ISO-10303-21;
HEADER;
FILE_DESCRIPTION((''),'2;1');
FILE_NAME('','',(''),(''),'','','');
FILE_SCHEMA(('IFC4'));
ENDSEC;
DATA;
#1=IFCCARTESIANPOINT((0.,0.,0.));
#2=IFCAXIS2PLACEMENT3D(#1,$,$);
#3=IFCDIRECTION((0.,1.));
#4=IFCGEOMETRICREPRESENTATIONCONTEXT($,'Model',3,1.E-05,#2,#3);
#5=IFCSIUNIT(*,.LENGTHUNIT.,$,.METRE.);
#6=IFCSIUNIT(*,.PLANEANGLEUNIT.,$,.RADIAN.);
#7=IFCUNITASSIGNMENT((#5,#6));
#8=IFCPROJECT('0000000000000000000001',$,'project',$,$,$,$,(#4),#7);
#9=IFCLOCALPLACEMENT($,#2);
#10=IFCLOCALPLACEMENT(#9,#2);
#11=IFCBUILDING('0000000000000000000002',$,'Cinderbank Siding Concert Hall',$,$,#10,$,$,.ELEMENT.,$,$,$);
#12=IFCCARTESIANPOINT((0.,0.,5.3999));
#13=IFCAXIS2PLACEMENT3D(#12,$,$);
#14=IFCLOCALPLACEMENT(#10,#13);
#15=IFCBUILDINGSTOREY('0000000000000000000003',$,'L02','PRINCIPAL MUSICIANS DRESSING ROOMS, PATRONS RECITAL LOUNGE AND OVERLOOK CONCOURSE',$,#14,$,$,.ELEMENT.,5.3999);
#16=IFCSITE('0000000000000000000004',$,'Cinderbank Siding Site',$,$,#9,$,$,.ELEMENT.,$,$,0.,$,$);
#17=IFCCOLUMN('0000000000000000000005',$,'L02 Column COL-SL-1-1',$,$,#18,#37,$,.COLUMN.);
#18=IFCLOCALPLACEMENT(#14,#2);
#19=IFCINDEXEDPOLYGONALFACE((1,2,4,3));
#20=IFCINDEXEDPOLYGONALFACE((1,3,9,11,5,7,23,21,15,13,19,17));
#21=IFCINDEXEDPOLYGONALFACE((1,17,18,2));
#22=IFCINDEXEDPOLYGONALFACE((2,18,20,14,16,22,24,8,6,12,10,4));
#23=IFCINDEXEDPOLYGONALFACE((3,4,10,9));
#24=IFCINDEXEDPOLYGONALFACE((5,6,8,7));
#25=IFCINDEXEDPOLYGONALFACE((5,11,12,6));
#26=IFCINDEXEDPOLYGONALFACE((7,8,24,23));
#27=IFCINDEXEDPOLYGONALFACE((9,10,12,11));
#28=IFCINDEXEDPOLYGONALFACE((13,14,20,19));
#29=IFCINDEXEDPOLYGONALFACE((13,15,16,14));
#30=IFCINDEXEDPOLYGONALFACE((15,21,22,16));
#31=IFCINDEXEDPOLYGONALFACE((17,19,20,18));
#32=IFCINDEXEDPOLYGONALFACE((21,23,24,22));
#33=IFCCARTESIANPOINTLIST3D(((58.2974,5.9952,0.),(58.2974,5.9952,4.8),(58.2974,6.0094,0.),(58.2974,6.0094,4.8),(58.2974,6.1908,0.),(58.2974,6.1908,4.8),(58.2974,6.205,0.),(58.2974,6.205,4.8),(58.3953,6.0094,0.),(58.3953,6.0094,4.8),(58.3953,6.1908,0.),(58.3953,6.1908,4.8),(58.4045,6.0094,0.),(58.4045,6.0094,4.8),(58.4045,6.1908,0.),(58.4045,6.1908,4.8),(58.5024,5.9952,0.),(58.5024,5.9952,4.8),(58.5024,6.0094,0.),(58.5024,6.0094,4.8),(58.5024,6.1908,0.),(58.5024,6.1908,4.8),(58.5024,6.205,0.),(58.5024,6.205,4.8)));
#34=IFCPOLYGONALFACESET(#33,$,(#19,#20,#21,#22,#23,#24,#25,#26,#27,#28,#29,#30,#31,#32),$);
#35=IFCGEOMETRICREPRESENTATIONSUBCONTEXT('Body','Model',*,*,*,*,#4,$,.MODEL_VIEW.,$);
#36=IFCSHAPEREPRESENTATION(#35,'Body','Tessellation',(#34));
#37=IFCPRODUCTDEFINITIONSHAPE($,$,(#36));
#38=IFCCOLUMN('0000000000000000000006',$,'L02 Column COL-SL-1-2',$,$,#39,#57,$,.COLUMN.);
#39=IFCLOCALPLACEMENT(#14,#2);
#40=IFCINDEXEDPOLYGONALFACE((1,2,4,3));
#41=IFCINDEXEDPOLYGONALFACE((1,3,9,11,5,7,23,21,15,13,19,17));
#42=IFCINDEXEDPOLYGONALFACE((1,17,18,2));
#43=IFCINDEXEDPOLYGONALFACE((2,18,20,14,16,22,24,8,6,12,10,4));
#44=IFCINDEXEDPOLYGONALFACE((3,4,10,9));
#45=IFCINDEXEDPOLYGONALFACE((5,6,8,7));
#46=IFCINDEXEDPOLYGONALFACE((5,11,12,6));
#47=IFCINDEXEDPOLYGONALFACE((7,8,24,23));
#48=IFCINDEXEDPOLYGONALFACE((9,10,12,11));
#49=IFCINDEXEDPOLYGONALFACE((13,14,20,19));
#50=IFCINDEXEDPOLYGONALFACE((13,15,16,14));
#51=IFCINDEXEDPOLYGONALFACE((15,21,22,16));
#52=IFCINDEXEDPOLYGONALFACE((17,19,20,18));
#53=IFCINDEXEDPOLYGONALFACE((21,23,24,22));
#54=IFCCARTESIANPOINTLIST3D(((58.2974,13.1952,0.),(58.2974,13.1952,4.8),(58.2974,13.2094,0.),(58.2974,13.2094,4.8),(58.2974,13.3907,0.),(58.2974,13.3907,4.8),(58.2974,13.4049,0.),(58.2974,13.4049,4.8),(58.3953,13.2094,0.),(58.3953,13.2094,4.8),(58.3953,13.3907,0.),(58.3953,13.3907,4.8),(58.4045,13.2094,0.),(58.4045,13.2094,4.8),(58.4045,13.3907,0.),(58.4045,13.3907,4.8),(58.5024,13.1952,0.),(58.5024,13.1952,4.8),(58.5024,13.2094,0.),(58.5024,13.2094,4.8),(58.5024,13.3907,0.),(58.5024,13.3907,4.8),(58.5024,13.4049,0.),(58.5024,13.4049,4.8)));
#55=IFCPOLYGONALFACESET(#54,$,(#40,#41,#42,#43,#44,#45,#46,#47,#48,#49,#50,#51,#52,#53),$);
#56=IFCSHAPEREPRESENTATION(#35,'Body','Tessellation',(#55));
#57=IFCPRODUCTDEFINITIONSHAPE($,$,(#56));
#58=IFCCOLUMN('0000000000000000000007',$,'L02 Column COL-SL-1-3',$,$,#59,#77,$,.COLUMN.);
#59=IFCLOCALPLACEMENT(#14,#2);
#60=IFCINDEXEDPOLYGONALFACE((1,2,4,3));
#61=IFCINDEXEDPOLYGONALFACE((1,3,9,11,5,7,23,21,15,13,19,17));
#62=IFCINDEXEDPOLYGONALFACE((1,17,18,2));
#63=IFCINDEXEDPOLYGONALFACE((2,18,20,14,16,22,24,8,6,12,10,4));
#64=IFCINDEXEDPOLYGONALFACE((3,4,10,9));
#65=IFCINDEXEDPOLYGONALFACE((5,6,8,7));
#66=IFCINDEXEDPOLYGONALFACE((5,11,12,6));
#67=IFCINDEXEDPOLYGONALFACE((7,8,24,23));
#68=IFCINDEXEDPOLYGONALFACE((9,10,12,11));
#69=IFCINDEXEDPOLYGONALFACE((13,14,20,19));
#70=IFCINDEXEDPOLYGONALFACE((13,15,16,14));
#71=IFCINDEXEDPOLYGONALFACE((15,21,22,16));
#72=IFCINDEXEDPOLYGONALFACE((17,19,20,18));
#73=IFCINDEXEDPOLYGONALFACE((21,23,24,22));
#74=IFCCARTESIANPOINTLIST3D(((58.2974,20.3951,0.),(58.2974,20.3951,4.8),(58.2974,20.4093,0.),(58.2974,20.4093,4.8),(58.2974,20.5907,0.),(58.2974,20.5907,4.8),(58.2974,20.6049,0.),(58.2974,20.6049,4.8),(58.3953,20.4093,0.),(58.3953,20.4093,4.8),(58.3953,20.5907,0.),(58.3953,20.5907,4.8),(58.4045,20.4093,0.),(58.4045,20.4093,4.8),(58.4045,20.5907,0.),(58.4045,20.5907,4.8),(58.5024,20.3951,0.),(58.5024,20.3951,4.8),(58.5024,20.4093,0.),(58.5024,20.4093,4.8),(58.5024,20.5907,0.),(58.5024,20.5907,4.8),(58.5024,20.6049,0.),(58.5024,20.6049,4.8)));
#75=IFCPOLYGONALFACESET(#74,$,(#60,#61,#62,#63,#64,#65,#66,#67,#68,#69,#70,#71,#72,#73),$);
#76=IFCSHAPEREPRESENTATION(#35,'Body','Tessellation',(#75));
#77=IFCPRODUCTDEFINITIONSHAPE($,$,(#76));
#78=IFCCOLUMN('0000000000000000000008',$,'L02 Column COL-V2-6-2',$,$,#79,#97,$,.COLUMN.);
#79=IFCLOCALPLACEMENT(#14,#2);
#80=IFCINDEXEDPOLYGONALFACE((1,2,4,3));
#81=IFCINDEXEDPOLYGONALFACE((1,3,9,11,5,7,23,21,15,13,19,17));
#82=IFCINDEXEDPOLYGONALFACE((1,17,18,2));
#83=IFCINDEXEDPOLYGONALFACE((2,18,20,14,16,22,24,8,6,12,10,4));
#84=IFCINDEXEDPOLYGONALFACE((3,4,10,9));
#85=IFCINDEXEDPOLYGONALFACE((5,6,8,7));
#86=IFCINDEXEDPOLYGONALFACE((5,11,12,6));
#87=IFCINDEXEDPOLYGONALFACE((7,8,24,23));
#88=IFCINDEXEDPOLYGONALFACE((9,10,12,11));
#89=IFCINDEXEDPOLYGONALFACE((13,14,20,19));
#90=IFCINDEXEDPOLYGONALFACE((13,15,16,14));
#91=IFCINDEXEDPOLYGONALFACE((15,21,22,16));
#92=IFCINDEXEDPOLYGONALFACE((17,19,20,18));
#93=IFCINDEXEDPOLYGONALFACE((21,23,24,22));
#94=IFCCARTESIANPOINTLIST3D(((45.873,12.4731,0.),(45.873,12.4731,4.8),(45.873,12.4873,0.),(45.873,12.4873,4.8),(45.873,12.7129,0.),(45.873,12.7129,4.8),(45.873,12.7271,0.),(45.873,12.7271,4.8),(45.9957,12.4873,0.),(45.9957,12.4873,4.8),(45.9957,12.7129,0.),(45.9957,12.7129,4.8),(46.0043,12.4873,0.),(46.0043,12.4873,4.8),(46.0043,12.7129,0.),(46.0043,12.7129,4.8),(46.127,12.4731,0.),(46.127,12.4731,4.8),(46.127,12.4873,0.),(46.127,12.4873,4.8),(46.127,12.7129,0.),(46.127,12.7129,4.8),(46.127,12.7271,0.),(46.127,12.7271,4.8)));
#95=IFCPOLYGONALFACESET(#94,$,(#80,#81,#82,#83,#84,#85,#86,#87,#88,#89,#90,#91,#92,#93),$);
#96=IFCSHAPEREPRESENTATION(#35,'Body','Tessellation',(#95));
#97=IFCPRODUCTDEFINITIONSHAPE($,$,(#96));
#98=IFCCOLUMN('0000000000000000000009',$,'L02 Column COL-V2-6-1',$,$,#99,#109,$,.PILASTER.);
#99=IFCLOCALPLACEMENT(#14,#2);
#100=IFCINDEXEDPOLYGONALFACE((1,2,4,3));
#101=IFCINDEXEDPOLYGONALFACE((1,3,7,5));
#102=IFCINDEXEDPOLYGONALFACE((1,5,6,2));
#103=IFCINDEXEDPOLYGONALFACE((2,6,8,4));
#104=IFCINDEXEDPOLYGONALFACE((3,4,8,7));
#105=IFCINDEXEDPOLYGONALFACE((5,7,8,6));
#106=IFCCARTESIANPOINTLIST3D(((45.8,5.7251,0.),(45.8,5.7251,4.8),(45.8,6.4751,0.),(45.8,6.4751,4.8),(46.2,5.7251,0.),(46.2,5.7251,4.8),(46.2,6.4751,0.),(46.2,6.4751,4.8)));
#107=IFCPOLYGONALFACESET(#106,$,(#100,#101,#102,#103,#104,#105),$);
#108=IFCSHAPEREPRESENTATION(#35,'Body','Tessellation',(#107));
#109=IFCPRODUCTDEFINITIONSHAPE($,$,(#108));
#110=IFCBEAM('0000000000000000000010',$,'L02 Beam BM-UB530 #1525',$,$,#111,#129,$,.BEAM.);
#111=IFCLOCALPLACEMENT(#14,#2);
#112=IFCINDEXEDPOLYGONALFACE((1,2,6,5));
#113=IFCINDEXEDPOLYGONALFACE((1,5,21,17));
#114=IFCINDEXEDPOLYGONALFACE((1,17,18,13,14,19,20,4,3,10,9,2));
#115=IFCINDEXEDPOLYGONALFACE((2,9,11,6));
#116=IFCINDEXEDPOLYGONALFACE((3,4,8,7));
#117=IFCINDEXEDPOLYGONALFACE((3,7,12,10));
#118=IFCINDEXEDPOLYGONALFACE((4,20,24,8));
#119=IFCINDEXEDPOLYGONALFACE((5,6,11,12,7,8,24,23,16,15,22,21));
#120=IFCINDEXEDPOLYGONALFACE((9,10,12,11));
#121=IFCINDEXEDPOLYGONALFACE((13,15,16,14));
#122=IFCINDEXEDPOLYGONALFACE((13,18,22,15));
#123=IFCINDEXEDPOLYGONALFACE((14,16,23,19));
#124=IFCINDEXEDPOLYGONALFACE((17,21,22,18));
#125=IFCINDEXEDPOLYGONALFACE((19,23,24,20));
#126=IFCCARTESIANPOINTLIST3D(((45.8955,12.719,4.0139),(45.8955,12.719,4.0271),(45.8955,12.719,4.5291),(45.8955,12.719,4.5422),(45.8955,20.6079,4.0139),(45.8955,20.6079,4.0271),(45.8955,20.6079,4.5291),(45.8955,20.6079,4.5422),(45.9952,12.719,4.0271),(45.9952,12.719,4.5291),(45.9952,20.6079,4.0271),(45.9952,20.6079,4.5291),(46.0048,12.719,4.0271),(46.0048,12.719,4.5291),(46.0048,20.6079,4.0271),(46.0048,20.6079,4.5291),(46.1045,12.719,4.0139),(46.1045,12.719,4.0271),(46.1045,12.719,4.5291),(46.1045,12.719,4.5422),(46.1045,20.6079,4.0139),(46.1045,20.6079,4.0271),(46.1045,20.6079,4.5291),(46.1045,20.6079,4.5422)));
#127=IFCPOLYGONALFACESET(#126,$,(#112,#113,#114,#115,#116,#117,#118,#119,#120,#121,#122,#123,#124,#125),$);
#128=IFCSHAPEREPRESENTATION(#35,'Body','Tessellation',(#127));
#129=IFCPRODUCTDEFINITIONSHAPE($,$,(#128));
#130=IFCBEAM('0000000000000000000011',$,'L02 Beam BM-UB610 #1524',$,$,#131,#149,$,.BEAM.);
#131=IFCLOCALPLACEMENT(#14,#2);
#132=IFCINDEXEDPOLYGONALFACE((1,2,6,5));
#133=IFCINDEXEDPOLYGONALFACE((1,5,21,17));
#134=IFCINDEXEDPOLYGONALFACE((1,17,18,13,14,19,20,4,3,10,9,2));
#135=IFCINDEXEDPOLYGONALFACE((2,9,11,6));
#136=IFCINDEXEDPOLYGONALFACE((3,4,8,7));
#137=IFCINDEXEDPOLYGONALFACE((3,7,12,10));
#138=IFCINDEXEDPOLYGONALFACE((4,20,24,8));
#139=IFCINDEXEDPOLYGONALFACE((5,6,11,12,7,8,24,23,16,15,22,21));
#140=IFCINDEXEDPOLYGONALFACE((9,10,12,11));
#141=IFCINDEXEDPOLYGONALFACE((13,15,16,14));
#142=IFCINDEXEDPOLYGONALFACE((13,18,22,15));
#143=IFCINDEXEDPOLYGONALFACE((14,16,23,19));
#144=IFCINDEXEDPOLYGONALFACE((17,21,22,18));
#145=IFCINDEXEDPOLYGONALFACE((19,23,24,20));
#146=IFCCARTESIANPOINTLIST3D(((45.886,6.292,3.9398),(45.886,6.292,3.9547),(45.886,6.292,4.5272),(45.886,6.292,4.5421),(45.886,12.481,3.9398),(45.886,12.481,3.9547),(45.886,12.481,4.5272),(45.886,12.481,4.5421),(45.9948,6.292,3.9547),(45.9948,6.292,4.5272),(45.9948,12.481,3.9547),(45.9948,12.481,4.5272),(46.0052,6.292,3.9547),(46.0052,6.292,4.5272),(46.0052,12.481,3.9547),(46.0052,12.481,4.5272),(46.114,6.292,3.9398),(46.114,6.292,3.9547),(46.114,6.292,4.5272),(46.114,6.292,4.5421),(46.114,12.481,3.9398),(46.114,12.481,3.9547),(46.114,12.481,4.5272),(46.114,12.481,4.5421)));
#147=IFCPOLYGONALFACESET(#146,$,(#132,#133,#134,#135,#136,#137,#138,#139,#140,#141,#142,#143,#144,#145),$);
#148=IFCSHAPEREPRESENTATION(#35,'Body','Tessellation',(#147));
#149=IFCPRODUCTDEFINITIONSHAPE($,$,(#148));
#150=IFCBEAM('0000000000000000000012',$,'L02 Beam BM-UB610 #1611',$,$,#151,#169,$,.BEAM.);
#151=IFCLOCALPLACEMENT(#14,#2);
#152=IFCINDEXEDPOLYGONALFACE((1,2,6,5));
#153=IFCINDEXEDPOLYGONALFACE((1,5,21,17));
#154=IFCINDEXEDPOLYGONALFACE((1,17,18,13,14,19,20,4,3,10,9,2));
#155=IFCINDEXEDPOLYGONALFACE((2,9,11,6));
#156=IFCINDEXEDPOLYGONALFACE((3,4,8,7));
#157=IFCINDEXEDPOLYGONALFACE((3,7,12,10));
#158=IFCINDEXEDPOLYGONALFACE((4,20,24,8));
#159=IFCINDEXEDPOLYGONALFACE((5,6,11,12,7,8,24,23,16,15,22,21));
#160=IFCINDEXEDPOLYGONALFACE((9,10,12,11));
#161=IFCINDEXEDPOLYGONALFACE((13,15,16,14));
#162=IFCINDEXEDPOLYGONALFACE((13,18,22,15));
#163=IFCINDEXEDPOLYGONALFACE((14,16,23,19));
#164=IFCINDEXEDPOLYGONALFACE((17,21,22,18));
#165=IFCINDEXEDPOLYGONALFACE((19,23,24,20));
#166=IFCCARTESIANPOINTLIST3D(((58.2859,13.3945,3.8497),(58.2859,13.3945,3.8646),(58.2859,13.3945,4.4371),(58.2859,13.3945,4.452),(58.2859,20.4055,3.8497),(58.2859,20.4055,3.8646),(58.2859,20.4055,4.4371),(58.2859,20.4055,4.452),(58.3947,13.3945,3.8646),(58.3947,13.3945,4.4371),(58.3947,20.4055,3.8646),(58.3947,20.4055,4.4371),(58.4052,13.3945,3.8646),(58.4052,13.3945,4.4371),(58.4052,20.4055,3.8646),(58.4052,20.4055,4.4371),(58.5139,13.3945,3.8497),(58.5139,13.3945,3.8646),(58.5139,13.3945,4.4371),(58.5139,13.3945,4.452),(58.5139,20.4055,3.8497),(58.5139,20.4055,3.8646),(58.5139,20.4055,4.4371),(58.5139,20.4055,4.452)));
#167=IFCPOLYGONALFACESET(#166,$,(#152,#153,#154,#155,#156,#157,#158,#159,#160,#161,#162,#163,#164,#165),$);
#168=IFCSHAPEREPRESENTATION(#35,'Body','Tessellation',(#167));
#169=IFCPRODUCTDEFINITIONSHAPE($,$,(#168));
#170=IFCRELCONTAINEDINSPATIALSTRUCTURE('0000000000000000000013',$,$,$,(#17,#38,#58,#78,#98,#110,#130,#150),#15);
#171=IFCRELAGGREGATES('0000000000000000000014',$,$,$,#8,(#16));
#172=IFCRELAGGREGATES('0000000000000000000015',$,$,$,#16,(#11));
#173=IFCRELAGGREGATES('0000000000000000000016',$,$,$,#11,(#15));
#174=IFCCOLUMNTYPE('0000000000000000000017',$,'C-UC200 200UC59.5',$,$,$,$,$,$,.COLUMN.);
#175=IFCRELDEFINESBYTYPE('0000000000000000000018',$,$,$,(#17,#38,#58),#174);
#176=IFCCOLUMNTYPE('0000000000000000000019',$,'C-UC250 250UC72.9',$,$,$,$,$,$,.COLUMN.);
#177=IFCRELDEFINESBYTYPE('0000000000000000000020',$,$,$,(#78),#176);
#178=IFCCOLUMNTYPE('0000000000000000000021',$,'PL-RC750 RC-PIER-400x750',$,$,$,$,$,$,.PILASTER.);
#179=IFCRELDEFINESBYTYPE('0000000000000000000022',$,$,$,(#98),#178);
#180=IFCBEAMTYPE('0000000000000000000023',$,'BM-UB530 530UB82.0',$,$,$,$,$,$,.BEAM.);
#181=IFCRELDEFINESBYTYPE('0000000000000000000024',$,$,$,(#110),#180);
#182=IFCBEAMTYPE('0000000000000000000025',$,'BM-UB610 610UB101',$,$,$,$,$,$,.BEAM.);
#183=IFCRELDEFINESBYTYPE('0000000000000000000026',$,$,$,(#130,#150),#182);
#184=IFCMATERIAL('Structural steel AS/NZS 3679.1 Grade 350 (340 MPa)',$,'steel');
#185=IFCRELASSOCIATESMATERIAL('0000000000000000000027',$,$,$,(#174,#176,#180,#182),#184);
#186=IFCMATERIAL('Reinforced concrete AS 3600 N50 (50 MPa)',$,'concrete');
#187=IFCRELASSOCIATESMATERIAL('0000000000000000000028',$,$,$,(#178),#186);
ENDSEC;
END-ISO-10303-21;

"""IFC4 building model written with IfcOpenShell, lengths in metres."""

from ifc_helpers import new_model, si_unit, direction, frame, origin, origin_2d, place, context, subcontext, project, spatial, rectangle, i_section, extrude, material, material_profile, profile_set, type_object, element, save


model = new_model("IFC4")

# Units and contexts
model_context = context("Model", 3, precision=1e-05, world=origin(), true_north=direction((0.0, 1.0)))
body_context = subcontext(model_context, "Body", "Model", "MODEL_VIEW")
ifc_project = project(units=[si_unit("LENGTHUNIT", "METRE"), si_unit("PLANEANGLEUNIT", "RADIAN")], contexts=[model_context])

# Site, building, storey
site_placement = place(None, origin())
site = spatial("IfcSite", under=ifc_project, at=site_placement, Name="Cinderbank Siding Site", CompositionType="ELEMENT", RefElevation=0.0)
building_placement = place(site_placement, origin())
building = spatial("IfcBuilding", under=site, at=building_placement, Name="Cinderbank Siding Concert Hall", CompositionType="ELEMENT")
storey_placement = place(building_placement, frame((0.0, 0.0, 5.3999)))
storey = spatial("IfcBuildingStorey", under=building, at=storey_placement, Name="L02", Description="PRINCIPAL MUSICIANS DRESSING ROOMS, PATRONS RECITAL LOUNGE AND OVERLOOK CONCOURSE", CompositionType="ELEMENT", Elevation=5.3999)

# Columns
ifc_material_1 = material(Name="Structural steel AS/NZS 3679.1 Grade 350 (340 MPa)", Category="steel")
ifc_material_profile_1 = material_profile(ifc_material_1, i_section(OverallWidth=0.2051, OverallDepth=0.2097, WebThickness=0.0093, FlangeThickness=0.0142, at=origin_2d()), Name="200UC59.5", Category="LoadBearing")
ifc_profile_set_1 = profile_set([ifc_material_profile_1], Name="Structural steel AS/NZS 3679.1 Grade 350 (340 MPa)")
column_type_1 = type_object("IfcColumnType", Name="C-UC200 200UC59.5", PredefinedType="COLUMN", material=ifc_profile_set_1)
for number, where, z_axis, x_axis, name in (
    (1, (58.3999, 6.1001, 0.0), (0.0, 0.0, 1.0), (1.0, 0.0, 0.0), "L02 Column COL-SL-1-1"),
    (2, (58.3999, 13.3, 0.0), (0.0, 0.0, 1.0), (1.0, 0.0, 0.0), "L02 Column COL-SL-1-2"),
    (3, (58.3999, 20.5, 0.0), (0.0, 0.0, 1.0), (1.0, 0.0, 0.0), "L02 Column COL-SL-1-3"),
):
    element("IfcColumn", number, at=place(storey_placement, frame(where, z_axis=z_axis, x_axis=x_axis)), inside=storey, type_object=column_type_1, Name=name, PredefinedType="COLUMN", context=body_context, shape_type="SweptSolid", body=[
        extrude(i_section(OverallWidth=0.2051, OverallDepth=0.2097, WebThickness=0.0093, FlangeThickness=0.0142, at=origin_2d()), origin(), (0.0, 0.0, 1.0), 4.8),
    ])
ifc_material_profile_2 = material_profile(ifc_material_1, i_section(OverallWidth=0.2539, OverallDepth=0.2539, WebThickness=0.0085, FlangeThickness=0.0142, at=origin_2d()), Name="250UC72.9", Category="LoadBearing")
ifc_profile_set_2 = profile_set([ifc_material_profile_2], Name="Structural steel AS/NZS 3679.1 Grade 350 (340 MPa)")
column_type_2 = type_object("IfcColumnType", Name="C-UC250 250UC72.9", PredefinedType="COLUMN", material=ifc_profile_set_2)
column_1_placement = place(storey_placement, frame((46.0, 12.6001, 0.0), z_axis=(0.0, 0.0, 1.0), x_axis=(1.0, 0.0, 0.0)))
element("IfcColumn", 4, at=column_1_placement, inside=storey, type_object=column_type_2, Name="L02 Column COL-V2-6-2", PredefinedType="COLUMN", context=body_context, shape_type="SweptSolid", body=[
    extrude(i_section(OverallWidth=0.2539, OverallDepth=0.2539, WebThickness=0.0085, FlangeThickness=0.0142, at=origin_2d()), origin(), (0.0, 0.0, 1.0), 4.8),
])
ifc_material_2 = material(Name="Reinforced concrete AS 3600 N50 (50 MPa)", Category="concrete")
ifc_material_profile_3 = material_profile(ifc_material_2, rectangle(XDim=0.3999, YDim=0.75, at=origin_2d()), Name="RC-PIER-400x750", Category="LoadBearing")
ifc_profile_set_3 = profile_set([ifc_material_profile_3], Name="Reinforced concrete AS 3600 N50 (50 MPa)")
column_type_3 = type_object("IfcColumnType", Name="PL-RC750 RC-PIER-400x750", PredefinedType="PILASTER", material=ifc_profile_set_3)
column_2_placement = place(storey_placement, frame((46.0, 6.1001, 0.0), z_axis=(0.0, 0.0, 1.0), x_axis=(1.0, 0.0, 0.0)))
element("IfcColumn", 5, at=column_2_placement, inside=storey, type_object=column_type_3, Name="L02 Column COL-V2-6-1", PredefinedType="PILASTER", context=body_context, shape_type="SweptSolid", body=[
    extrude(rectangle(XDim=0.3999, YDim=0.75, at=origin_2d()), origin(), (0.0, 0.0, 1.0), 4.8),
])

# Beams
ifc_material_profile_4 = material_profile(ifc_material_1, i_section(OverallWidth=0.209, OverallDepth=0.5283, WebThickness=0.0095, FlangeThickness=0.0132, at=origin_2d()), Name="530UB82.0", Category="LoadBearing")
ifc_profile_set_4 = profile_set([ifc_material_profile_4], Name="Structural steel AS/NZS 3679.1 Grade 350 (340 MPa)")
beam_type_1 = type_object("IfcBeamType", Name="BM-UB530 530UB82.0", PredefinedType="BEAM", material=ifc_profile_set_4)
beam_1_placement = place(storey_placement, frame((46.0, 12.719, 4.2781), z_axis=(0.0, 1.0, 0.0), x_axis=(-1.0, 0.0, 0.0)))
element("IfcBeam", 6, at=beam_1_placement, inside=storey, type_object=beam_type_1, Name="L02 Beam BM-UB530 #1525", PredefinedType="BEAM", context=body_context, shape_type="SweptSolid", body=[
    extrude(i_section(OverallWidth=0.209, OverallDepth=0.5283, WebThickness=0.0095, FlangeThickness=0.0132, at=origin_2d()), origin(), (0.0, 0.0, 1.0), 7.8889),
])
ifc_material_profile_5 = material_profile(ifc_material_1, i_section(OverallWidth=0.228, OverallDepth=0.6023, WebThickness=0.0105, FlangeThickness=0.0149, at=origin_2d()), Name="610UB101", Category="LoadBearing")
ifc_profile_set_5 = profile_set([ifc_material_profile_5], Name="Structural steel AS/NZS 3679.1 Grade 350 (340 MPa)")
beam_type_2 = type_object("IfcBeamType", Name="BM-UB610 610UB101", PredefinedType="BEAM", material=ifc_profile_set_5)
beam_2_placement = place(storey_placement, frame((46.0, 6.292, 4.241), z_axis=(0.0, 1.0, 0.0), x_axis=(-1.0, 0.0, 0.0)))
element("IfcBeam", 7, at=beam_2_placement, inside=storey, type_object=beam_type_2, Name="L02 Beam BM-UB610 #1524", PredefinedType="BEAM", context=body_context, shape_type="SweptSolid", body=[
    extrude(i_section(OverallWidth=0.228, OverallDepth=0.6023, WebThickness=0.0105, FlangeThickness=0.0149, at=origin_2d()), origin(), (0.0, 0.0, 1.0), 6.189),
])
beam_3_placement = place(storey_placement, frame((58.3999, 13.3945, 4.1509), z_axis=(0.0, 1.0, 0.0), x_axis=(-1.0, 0.0, 0.0)))
element("IfcBeam", 8, at=beam_3_placement, inside=storey, type_object=beam_type_2, Name="L02 Beam BM-UB610 #1611", PredefinedType="BEAM", context=body_context, shape_type="SweptSolid", body=[
    extrude(i_section(OverallWidth=0.228, OverallDepth=0.6023, WebThickness=0.0105, FlangeThickness=0.0149, at=origin_2d()), origin(), (0.0, 0.0, 1.0), 7.011),
])

save(model, "model.ifc")
